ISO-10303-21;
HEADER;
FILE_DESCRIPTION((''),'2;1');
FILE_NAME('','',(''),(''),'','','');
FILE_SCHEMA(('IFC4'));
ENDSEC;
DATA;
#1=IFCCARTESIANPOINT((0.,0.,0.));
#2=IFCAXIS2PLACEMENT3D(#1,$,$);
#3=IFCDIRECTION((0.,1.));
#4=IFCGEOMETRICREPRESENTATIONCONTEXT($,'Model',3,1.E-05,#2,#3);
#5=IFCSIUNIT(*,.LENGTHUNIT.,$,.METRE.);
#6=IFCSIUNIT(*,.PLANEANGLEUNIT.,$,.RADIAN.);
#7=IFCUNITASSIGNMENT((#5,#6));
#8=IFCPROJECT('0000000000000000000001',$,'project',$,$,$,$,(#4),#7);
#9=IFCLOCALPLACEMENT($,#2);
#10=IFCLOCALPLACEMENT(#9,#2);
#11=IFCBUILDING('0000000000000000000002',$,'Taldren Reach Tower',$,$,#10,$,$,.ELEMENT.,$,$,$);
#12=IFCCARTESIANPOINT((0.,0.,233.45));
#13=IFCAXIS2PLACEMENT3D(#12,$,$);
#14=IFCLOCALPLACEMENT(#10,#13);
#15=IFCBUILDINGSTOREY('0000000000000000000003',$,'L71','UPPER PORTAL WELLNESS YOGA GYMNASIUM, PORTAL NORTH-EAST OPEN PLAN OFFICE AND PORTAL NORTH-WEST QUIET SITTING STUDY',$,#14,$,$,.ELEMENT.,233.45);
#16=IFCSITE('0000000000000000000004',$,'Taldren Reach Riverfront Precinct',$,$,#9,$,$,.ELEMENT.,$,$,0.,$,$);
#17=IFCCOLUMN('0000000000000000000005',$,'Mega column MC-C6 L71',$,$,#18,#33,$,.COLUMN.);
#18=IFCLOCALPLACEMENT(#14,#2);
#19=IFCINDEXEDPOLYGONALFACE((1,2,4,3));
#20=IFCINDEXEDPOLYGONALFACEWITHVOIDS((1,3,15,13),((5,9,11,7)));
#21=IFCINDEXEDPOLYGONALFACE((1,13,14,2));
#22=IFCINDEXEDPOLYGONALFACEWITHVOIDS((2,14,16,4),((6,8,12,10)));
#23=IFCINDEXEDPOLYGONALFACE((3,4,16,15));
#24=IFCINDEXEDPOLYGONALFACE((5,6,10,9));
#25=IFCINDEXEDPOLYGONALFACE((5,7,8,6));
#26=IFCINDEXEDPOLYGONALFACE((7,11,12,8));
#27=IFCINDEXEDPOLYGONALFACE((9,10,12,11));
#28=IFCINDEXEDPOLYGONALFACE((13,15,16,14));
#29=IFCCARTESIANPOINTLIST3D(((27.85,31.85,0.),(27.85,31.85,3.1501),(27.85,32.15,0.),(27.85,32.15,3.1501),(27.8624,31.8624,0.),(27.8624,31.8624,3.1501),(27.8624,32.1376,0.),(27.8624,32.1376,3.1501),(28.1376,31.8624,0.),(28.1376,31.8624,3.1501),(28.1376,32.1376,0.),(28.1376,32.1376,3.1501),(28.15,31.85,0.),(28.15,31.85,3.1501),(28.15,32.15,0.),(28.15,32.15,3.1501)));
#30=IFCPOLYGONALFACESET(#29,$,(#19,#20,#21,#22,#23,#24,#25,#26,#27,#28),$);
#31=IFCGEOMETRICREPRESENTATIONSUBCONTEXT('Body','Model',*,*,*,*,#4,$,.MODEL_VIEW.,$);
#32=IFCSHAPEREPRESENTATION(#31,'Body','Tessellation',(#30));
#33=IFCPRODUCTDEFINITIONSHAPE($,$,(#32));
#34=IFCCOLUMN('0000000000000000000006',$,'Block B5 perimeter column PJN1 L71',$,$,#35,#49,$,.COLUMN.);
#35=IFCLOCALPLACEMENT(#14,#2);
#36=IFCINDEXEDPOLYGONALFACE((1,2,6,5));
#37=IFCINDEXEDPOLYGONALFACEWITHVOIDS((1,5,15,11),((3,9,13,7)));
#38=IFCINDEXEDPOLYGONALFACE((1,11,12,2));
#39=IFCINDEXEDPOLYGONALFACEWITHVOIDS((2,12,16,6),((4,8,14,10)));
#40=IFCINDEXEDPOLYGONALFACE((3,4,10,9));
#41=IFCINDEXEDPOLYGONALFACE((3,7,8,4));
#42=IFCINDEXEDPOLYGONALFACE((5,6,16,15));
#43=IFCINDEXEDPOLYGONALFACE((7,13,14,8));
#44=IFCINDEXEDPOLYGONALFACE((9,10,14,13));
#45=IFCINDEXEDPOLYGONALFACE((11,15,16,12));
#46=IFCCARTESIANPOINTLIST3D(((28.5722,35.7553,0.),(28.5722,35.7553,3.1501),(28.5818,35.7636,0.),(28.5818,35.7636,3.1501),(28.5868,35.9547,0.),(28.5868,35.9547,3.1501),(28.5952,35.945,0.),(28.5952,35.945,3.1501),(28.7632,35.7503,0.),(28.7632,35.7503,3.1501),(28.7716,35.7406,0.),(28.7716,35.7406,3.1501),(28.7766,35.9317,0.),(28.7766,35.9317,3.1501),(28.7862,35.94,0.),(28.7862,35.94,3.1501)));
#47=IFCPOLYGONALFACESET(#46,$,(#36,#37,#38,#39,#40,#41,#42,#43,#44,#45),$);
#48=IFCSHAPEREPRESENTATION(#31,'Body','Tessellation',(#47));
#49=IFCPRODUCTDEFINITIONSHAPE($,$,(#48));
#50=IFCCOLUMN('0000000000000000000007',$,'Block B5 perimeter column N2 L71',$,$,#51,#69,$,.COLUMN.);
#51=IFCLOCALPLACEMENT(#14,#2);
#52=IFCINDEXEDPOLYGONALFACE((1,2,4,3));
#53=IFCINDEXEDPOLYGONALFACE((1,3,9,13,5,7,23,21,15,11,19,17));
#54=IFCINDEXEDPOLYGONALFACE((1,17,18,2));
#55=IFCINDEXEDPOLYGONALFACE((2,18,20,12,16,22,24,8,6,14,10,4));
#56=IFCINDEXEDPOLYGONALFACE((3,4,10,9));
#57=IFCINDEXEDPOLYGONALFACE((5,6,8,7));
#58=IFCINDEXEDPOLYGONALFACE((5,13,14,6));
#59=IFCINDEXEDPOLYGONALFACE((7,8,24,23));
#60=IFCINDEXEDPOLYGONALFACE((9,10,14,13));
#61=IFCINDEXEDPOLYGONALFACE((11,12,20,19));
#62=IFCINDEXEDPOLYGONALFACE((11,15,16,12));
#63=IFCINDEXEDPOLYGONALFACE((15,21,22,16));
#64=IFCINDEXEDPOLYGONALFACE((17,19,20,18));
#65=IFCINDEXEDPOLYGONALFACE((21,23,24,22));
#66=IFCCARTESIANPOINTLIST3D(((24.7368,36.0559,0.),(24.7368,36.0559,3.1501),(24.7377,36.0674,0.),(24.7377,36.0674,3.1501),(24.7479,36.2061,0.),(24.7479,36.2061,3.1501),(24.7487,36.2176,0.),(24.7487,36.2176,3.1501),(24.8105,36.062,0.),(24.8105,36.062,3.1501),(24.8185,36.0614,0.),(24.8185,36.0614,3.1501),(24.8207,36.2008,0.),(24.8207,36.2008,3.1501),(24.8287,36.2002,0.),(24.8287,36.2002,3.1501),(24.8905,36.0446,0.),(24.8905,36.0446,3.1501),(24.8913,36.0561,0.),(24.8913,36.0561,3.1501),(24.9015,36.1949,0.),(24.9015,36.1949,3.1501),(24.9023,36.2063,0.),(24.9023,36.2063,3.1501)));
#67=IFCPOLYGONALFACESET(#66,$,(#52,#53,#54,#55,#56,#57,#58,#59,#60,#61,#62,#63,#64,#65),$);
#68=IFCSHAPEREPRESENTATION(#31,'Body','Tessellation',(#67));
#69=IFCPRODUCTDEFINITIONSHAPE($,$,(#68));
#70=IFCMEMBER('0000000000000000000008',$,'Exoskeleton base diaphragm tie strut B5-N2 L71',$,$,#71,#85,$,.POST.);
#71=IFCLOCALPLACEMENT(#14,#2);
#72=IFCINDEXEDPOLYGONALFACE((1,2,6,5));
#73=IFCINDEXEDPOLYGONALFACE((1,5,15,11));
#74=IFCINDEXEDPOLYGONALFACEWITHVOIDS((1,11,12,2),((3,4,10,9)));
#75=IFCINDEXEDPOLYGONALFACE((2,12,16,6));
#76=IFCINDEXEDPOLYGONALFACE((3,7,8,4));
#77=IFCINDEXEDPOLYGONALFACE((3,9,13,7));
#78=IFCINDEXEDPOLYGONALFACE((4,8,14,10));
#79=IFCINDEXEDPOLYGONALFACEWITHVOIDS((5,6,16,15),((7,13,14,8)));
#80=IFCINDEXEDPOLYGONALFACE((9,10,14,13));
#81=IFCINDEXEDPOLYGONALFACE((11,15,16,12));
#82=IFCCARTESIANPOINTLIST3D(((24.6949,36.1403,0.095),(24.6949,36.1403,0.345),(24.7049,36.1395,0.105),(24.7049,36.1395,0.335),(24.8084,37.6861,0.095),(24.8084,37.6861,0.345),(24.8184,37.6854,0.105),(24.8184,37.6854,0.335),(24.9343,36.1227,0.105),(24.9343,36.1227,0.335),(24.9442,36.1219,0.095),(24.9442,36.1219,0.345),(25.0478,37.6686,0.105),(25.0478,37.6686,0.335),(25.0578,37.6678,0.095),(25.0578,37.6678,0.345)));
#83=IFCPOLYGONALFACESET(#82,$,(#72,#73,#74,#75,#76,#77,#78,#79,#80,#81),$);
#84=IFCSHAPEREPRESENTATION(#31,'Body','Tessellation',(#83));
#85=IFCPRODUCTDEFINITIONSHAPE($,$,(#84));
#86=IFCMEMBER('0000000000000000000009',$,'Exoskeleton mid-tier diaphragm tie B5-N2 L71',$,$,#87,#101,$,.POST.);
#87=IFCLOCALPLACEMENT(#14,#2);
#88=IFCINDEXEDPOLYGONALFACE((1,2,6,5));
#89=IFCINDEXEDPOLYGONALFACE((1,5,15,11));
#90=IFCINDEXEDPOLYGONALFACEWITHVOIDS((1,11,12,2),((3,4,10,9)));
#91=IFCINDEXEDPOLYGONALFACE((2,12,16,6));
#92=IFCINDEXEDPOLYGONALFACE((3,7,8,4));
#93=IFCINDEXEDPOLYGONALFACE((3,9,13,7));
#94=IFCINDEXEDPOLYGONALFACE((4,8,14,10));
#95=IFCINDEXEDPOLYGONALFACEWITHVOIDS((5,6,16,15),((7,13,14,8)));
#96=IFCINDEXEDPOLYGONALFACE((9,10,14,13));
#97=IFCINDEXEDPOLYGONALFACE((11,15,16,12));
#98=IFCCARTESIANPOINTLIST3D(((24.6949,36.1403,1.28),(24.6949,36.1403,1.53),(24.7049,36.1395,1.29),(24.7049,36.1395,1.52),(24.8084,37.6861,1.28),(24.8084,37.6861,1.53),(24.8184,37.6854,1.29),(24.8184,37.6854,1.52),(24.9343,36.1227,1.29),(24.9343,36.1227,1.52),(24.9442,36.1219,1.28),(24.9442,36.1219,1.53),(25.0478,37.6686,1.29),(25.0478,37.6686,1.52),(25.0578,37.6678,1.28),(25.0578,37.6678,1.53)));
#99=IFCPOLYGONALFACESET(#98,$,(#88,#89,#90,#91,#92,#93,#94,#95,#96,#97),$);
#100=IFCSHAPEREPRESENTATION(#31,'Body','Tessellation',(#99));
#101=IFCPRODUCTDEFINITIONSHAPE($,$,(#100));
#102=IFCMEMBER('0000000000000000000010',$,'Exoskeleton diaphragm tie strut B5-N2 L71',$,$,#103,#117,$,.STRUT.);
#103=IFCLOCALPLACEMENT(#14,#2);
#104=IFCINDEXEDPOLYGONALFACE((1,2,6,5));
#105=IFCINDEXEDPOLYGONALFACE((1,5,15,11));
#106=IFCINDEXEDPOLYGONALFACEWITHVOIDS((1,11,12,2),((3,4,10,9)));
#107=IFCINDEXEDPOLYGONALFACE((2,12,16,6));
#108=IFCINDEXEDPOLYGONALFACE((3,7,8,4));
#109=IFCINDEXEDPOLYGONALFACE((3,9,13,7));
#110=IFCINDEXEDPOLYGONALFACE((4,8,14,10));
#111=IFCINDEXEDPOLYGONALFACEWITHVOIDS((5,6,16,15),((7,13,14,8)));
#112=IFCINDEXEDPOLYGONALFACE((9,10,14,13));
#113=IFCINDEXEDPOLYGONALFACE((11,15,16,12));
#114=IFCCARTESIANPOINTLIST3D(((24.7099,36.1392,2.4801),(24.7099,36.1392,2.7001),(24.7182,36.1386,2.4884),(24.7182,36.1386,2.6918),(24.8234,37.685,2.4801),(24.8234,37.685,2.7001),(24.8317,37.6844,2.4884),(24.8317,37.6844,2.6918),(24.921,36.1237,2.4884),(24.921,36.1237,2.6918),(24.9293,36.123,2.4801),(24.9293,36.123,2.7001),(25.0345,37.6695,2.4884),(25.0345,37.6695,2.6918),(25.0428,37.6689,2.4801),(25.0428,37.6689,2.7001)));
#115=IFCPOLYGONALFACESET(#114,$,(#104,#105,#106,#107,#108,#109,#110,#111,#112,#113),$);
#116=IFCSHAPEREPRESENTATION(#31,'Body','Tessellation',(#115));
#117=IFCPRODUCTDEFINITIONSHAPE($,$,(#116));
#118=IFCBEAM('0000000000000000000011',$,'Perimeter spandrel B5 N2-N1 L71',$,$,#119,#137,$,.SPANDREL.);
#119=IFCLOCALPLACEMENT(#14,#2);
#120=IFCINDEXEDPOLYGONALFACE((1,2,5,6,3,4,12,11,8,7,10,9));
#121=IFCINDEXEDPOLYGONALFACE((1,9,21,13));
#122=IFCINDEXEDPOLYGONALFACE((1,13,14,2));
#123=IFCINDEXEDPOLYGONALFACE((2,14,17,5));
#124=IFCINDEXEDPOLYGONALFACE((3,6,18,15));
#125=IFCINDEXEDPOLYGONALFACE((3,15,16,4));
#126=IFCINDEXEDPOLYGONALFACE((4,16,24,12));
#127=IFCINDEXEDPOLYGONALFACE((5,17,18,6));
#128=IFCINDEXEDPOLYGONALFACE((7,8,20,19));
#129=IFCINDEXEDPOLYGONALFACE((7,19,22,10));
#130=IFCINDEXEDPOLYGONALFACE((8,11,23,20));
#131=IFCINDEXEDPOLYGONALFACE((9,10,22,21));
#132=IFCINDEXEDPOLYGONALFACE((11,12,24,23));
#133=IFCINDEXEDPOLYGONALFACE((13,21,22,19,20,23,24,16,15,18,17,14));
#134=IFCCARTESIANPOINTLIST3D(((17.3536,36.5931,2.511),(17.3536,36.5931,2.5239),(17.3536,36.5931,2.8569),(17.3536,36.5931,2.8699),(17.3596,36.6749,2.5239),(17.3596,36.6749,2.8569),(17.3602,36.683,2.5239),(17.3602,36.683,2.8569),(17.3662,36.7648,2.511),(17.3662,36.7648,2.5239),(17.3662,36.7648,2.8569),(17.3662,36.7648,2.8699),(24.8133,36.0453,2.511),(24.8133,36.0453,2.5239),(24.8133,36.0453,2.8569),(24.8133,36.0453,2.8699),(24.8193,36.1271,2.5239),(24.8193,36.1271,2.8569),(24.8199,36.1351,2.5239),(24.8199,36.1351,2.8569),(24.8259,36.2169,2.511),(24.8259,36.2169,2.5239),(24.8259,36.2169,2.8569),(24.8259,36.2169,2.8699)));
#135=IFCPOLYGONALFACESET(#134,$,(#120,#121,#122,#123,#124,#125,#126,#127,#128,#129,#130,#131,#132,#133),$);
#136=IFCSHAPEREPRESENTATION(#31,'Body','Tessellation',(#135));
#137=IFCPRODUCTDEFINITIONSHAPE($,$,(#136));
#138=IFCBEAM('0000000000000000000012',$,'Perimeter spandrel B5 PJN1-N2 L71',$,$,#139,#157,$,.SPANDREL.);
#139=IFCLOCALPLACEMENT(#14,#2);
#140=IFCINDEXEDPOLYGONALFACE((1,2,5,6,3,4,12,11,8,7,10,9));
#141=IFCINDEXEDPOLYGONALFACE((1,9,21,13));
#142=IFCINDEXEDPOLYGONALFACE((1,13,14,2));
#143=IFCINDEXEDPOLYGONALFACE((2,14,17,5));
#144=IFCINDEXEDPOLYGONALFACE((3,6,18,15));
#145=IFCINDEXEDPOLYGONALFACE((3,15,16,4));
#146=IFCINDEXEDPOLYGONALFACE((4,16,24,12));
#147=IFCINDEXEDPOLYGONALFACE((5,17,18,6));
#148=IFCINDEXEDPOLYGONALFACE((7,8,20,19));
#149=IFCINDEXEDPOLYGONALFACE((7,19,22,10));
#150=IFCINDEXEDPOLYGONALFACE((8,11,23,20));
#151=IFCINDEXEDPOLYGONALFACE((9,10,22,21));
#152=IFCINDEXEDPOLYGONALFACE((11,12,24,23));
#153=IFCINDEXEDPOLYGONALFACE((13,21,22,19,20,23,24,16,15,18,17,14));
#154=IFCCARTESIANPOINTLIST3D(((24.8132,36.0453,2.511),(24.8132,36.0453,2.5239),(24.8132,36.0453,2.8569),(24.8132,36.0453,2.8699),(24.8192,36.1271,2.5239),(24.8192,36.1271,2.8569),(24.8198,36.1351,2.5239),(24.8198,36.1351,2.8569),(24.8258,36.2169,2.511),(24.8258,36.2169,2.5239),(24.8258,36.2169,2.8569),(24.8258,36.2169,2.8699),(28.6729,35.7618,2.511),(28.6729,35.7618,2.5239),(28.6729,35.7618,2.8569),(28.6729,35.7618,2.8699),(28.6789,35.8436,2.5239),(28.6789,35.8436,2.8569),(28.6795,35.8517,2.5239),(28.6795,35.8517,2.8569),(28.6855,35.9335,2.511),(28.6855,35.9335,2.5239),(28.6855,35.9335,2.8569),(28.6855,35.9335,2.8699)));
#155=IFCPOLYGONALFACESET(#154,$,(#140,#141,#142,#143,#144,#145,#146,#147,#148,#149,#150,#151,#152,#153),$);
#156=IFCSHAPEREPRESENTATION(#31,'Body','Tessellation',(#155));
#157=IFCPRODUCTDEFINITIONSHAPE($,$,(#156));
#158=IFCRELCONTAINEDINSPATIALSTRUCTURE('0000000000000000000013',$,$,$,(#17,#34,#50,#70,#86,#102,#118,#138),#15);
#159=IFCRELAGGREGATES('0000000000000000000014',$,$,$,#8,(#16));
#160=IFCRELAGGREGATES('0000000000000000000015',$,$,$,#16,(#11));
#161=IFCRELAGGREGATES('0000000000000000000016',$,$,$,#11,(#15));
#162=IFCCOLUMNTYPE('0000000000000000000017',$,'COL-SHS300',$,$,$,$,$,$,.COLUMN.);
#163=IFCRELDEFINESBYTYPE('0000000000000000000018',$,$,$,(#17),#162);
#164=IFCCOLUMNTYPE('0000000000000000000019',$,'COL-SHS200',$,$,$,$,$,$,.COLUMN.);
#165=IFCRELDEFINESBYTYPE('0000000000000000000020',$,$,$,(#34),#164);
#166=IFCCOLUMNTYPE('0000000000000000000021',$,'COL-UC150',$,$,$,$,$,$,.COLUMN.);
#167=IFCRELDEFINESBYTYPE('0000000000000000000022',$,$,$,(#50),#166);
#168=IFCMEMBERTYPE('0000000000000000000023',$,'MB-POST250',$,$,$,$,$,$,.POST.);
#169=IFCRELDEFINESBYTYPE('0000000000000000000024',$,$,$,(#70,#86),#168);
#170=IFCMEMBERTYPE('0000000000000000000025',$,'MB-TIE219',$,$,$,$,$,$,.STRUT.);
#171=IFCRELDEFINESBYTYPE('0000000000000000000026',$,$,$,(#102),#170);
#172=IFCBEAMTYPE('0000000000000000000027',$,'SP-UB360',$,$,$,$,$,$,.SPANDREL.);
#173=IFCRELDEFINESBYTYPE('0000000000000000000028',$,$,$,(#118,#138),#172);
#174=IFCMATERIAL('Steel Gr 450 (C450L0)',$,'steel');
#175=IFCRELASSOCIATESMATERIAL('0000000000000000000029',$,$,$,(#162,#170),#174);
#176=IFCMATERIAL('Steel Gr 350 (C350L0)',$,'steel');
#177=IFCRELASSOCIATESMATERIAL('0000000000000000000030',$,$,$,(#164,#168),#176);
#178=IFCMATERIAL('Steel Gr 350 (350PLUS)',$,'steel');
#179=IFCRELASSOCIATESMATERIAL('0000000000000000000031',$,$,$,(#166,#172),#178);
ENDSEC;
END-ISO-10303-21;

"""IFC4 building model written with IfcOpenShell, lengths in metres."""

from ifc_helpers import new_model, si_unit, direction, frame, origin, origin_2d, place, context, subcontext, project, spatial, hollow_rectangle, i_section, extrude, source, transform, mapped, material, material_profile, profile_set, type_object, element, save


model = new_model("IFC4")

# Units and contexts
model_context = context("Model", 3, precision=1e-05, world=origin(), true_north=direction((0.0, 1.0)))
body_context = subcontext(model_context, "Body", "Model", "MODEL_VIEW")
ifc_project = project(units=[si_unit("LENGTHUNIT", "METRE"), si_unit("PLANEANGLEUNIT", "RADIAN")], contexts=[model_context])

# Site, building, storey
site_placement = place(None, origin())
site = spatial("IfcSite", under=ifc_project, at=site_placement, Name="Taldren Reach Riverfront Precinct", CompositionType="ELEMENT", RefElevation=0.0)
building_placement = place(site_placement, origin())
building = spatial("IfcBuilding", under=site, at=building_placement, Name="Taldren Reach Tower", CompositionType="ELEMENT")
storey_placement = place(building_placement, frame((0.0, 0.0, 233.45)))
storey = spatial("IfcBuildingStorey", under=building, at=storey_placement, Name="L71", Description="UPPER PORTAL WELLNESS YOGA GYMNASIUM, PORTAL NORTH-EAST OPEN PLAN OFFICE AND PORTAL NORTH-WEST QUIET SITTING STUDY", CompositionType="ELEMENT", Elevation=233.45)

# Columns
ifc_material_1 = material(Name="Steel Gr 450 (C450L0)", Category="steel")
ifc_material_profile_1 = material_profile(ifc_material_1, hollow_rectangle(XDim=0.3, YDim=0.3, WallThickness=0.0125, at=origin_2d()), Name="300x300x12.5SHS")
ifc_profile_set_1 = profile_set([ifc_material_profile_1], Name="Steel Gr 450 (C450L0)")
column_type_1 = type_object("IfcColumnType", Name="COL-SHS300", PredefinedType="COLUMN", material=ifc_profile_set_1)
shared_shape_1 = source(origin(), body_context, "Body", "SweptSolid", [
    extrude(hollow_rectangle(XDim=0.3, YDim=0.3, WallThickness=0.0125, at=origin_2d()), origin(), (0.0, 0.0, 1.0), 3.1501),
])
column_1_placement = place(storey_placement, frame((28.0, 32.0, 0.0), z_axis=(0.0, 0.0, 1.0), x_axis=(1.0, 0.0, 0.0)))
element("IfcColumn", 1, at=column_1_placement, inside=storey, type_object=column_type_1, Name="Mega column MC-C6 L71", PredefinedType="COLUMN", context=body_context, shape_type="MappedRepresentation", body=[
    mapped(shared_shape_1, transform((0.0, 0.0, 0.0), scale=1.0)),
])
ifc_material_2 = material(Name="Steel Gr 350 (C350L0)", Category="steel")
ifc_material_profile_2 = material_profile(ifc_material_2, hollow_rectangle(XDim=0.2, YDim=0.2, WallThickness=0.009, at=origin_2d()), Name="200x200x9.0SHS")
ifc_profile_set_2 = profile_set([ifc_material_profile_2], Name="Steel Gr 350 (C350L0)")
column_type_2 = type_object("IfcColumnType", Name="COL-SHS200", PredefinedType="COLUMN", material=ifc_profile_set_2)
shared_shape_2 = source(origin(), body_context, "Body", "SweptSolid", [
    extrude(hollow_rectangle(XDim=0.2, YDim=0.2, WallThickness=0.009, at=origin_2d()), origin(), (0.0, 0.0, 1.0), 3.1501),
])
column_2_placement = place(storey_placement, frame((28.6792, 35.8477, 0.0), z_axis=(0.0, 0.0, 1.0), x_axis=(0.997314, -0.073238, 0.0)))
element("IfcColumn", 2, at=column_2_placement, inside=storey, type_object=column_type_2, Name="Block B5 perimeter column PJN1 L71", PredefinedType="COLUMN", context=body_context, shape_type="MappedRepresentation", body=[
    mapped(shared_shape_2, transform((0.0, 0.0, 0.0), scale=1.0)),
])
ifc_material_3 = material(Name="Steel Gr 350 (350PLUS)", Category="steel")
ifc_material_profile_3 = material_profile(ifc_material_3, i_section(OverallWidth=0.1541, OverallDepth=0.1621, WebThickness=0.0081, FlangeThickness=0.0115, at=origin_2d()), Name="150UC37.2")
ifc_profile_set_3 = profile_set([ifc_material_profile_3], Name="Steel Gr 350 (350PLUS)")
column_type_3 = type_object("IfcColumnType", Name="COL-UC150", PredefinedType="COLUMN", material=ifc_profile_set_3)
shared_shape_3 = source(origin(), body_context, "Body", "SweptSolid", [
    extrude(i_section(OverallWidth=0.1541, OverallDepth=0.1621, WebThickness=0.0081, FlangeThickness=0.0115, at=origin_2d()), origin(), (0.0, 0.0, 1.0), 3.1501),
])
column_3_placement = place(storey_placement, frame((24.8196, 36.1311, 0.0), z_axis=(0.0, 0.0, 1.0), x_axis=(0.997314, -0.073238, 0.0)))
element("IfcColumn", 3, at=column_3_placement, inside=storey, type_object=column_type_3, Name="Block B5 perimeter column N2 L71", PredefinedType="COLUMN", context=body_context, shape_type="MappedRepresentation", body=[
    mapped(shared_shape_3, transform((0.0, 0.0, 0.0), scale=1.0)),
])

# Members
ifc_material_profile_4 = material_profile(ifc_material_2, hollow_rectangle(XDim=0.25, YDim=0.25, WallThickness=0.01, at=origin_2d()), Name="250x250x10.0SHS")
ifc_profile_set_4 = profile_set([ifc_material_profile_4], Name="Steel Gr 350 (C350L0)")
member_type_1 = type_object("IfcMemberType", Name="MB-POST250", PredefinedType="POST", material=ifc_profile_set_4)
shared_shape_4 = source(origin(), body_context, "Body", "SweptSolid", [
    extrude(hollow_rectangle(XDim=0.25, YDim=0.25, WallThickness=0.01, at=origin_2d()), origin(), (0.0, 0.0, 1.0), 1.55),
])
for number, where, z_axis, x_axis, name in (
    (4, (24.8196, 36.1311, 0.22), (0.073239, 0.997314, 0.0), (-0.997314, 0.073239, 0.0), "Exoskeleton base diaphragm tie strut B5-N2 L71"),
    (5, (24.8196, 36.1311, 1.405), (0.073239, 0.997314, 0.0), (-0.997314, 0.073239, 0.0), "Exoskeleton mid-tier diaphragm tie B5-N2 L71"),
):
    element("IfcMember", number, at=place(storey_placement, frame(where, z_axis=z_axis, x_axis=x_axis)), inside=storey, type_object=member_type_1, Name=name, PredefinedType="POST", context=body_context, shape_type="MappedRepresentation", body=[
        mapped(shared_shape_4, transform((0.0, 0.0, 0.0), scale=1.0)),
    ])
ifc_material_profile_5 = material_profile(ifc_material_1, hollow_rectangle(XDim=0.22, YDim=0.22, WallThickness=0.0083, at=origin_2d()), Name="220x220x8.2SHS")
ifc_profile_set_5 = profile_set([ifc_material_profile_5], Name="Steel Gr 450 (C450L0)")
member_type_2 = type_object("IfcMemberType", Name="MB-TIE219", PredefinedType="STRUT", material=ifc_profile_set_5)
shared_shape_5 = source(origin(), body_context, "Body", "SweptSolid", [
    extrude(hollow_rectangle(XDim=0.22, YDim=0.22, WallThickness=0.0083, at=origin_2d()), origin(), (0.0, 0.0, 1.0), 1.55),
])
member_1_placement = place(storey_placement, frame((24.8196, 36.1311, 2.5901), z_axis=(0.073239, 0.997314, 0.0), x_axis=(-0.997314, 0.073239, 0.0)))
element("IfcMember", 6, at=member_1_placement, inside=storey, type_object=member_type_2, Name="Exoskeleton diaphragm tie strut B5-N2 L71", PredefinedType="STRUT", context=body_context, shape_type="MappedRepresentation", body=[
    mapped(shared_shape_5, transform((0.0, 0.0, 0.0), scale=1.0)),
])

# Beams
ifc_material_profile_6 = material_profile(ifc_material_3, i_section(OverallWidth=0.1721, OverallDepth=0.3589, WebThickness=0.0081, FlangeThickness=0.0129, at=origin_2d()), Name="360UB56.7")
ifc_profile_set_6 = profile_set([ifc_material_profile_6], Name="Steel Gr 350 (350PLUS)")
beam_type_1 = type_object("IfcBeamType", Name="SP-UB360", PredefinedType="SPANDREL", material=ifc_profile_set_6)
shared_shape_6 = source(origin(), body_context, "Body", "SweptSolid", [
    extrude(i_section(OverallWidth=0.1721, OverallDepth=0.3589, WebThickness=0.0081, FlangeThickness=0.0129, at=origin_2d()), origin(), (0.0, 0.0, 1.0), 7.4797),
])
beam_1_placement = place(storey_placement, frame((24.8196, 36.1311, 2.6904), z_axis=(-0.997314, 0.073244, 0.0), x_axis=(-0.073244, -0.997314, 0.0)))
element("IfcBeam", 7, at=beam_1_placement, inside=storey, type_object=beam_type_1, Name="Perimeter spandrel B5 N2-N1 L71", PredefinedType="SPANDREL", context=body_context, shape_type="MappedRepresentation", body=[
    mapped(shared_shape_6, transform((0.0, 0.0, 0.0), scale=1.0)),
])
shared_shape_7 = source(origin(), body_context, "Body", "SweptSolid", [
    extrude(i_section(OverallWidth=0.1721, OverallDepth=0.3589, WebThickness=0.0081, FlangeThickness=0.0129, at=origin_2d()), origin(), (0.0, 0.0, 1.0), 3.8701),
])
beam_2_placement = place(storey_placement, frame((28.6792, 35.8477, 2.6904), z_axis=(-0.997314, 0.073242, 0.0), x_axis=(-0.073242, -0.997314, 0.0)))
element("IfcBeam", 8, at=beam_2_placement, inside=storey, type_object=beam_type_1, Name="Perimeter spandrel B5 PJN1-N2 L71", PredefinedType="SPANDREL", context=body_context, shape_type="MappedRepresentation", body=[
    mapped(shared_shape_7, transform((0.0, 0.0, 0.0), scale=1.0)),
])

save(model, "model.ifc")
